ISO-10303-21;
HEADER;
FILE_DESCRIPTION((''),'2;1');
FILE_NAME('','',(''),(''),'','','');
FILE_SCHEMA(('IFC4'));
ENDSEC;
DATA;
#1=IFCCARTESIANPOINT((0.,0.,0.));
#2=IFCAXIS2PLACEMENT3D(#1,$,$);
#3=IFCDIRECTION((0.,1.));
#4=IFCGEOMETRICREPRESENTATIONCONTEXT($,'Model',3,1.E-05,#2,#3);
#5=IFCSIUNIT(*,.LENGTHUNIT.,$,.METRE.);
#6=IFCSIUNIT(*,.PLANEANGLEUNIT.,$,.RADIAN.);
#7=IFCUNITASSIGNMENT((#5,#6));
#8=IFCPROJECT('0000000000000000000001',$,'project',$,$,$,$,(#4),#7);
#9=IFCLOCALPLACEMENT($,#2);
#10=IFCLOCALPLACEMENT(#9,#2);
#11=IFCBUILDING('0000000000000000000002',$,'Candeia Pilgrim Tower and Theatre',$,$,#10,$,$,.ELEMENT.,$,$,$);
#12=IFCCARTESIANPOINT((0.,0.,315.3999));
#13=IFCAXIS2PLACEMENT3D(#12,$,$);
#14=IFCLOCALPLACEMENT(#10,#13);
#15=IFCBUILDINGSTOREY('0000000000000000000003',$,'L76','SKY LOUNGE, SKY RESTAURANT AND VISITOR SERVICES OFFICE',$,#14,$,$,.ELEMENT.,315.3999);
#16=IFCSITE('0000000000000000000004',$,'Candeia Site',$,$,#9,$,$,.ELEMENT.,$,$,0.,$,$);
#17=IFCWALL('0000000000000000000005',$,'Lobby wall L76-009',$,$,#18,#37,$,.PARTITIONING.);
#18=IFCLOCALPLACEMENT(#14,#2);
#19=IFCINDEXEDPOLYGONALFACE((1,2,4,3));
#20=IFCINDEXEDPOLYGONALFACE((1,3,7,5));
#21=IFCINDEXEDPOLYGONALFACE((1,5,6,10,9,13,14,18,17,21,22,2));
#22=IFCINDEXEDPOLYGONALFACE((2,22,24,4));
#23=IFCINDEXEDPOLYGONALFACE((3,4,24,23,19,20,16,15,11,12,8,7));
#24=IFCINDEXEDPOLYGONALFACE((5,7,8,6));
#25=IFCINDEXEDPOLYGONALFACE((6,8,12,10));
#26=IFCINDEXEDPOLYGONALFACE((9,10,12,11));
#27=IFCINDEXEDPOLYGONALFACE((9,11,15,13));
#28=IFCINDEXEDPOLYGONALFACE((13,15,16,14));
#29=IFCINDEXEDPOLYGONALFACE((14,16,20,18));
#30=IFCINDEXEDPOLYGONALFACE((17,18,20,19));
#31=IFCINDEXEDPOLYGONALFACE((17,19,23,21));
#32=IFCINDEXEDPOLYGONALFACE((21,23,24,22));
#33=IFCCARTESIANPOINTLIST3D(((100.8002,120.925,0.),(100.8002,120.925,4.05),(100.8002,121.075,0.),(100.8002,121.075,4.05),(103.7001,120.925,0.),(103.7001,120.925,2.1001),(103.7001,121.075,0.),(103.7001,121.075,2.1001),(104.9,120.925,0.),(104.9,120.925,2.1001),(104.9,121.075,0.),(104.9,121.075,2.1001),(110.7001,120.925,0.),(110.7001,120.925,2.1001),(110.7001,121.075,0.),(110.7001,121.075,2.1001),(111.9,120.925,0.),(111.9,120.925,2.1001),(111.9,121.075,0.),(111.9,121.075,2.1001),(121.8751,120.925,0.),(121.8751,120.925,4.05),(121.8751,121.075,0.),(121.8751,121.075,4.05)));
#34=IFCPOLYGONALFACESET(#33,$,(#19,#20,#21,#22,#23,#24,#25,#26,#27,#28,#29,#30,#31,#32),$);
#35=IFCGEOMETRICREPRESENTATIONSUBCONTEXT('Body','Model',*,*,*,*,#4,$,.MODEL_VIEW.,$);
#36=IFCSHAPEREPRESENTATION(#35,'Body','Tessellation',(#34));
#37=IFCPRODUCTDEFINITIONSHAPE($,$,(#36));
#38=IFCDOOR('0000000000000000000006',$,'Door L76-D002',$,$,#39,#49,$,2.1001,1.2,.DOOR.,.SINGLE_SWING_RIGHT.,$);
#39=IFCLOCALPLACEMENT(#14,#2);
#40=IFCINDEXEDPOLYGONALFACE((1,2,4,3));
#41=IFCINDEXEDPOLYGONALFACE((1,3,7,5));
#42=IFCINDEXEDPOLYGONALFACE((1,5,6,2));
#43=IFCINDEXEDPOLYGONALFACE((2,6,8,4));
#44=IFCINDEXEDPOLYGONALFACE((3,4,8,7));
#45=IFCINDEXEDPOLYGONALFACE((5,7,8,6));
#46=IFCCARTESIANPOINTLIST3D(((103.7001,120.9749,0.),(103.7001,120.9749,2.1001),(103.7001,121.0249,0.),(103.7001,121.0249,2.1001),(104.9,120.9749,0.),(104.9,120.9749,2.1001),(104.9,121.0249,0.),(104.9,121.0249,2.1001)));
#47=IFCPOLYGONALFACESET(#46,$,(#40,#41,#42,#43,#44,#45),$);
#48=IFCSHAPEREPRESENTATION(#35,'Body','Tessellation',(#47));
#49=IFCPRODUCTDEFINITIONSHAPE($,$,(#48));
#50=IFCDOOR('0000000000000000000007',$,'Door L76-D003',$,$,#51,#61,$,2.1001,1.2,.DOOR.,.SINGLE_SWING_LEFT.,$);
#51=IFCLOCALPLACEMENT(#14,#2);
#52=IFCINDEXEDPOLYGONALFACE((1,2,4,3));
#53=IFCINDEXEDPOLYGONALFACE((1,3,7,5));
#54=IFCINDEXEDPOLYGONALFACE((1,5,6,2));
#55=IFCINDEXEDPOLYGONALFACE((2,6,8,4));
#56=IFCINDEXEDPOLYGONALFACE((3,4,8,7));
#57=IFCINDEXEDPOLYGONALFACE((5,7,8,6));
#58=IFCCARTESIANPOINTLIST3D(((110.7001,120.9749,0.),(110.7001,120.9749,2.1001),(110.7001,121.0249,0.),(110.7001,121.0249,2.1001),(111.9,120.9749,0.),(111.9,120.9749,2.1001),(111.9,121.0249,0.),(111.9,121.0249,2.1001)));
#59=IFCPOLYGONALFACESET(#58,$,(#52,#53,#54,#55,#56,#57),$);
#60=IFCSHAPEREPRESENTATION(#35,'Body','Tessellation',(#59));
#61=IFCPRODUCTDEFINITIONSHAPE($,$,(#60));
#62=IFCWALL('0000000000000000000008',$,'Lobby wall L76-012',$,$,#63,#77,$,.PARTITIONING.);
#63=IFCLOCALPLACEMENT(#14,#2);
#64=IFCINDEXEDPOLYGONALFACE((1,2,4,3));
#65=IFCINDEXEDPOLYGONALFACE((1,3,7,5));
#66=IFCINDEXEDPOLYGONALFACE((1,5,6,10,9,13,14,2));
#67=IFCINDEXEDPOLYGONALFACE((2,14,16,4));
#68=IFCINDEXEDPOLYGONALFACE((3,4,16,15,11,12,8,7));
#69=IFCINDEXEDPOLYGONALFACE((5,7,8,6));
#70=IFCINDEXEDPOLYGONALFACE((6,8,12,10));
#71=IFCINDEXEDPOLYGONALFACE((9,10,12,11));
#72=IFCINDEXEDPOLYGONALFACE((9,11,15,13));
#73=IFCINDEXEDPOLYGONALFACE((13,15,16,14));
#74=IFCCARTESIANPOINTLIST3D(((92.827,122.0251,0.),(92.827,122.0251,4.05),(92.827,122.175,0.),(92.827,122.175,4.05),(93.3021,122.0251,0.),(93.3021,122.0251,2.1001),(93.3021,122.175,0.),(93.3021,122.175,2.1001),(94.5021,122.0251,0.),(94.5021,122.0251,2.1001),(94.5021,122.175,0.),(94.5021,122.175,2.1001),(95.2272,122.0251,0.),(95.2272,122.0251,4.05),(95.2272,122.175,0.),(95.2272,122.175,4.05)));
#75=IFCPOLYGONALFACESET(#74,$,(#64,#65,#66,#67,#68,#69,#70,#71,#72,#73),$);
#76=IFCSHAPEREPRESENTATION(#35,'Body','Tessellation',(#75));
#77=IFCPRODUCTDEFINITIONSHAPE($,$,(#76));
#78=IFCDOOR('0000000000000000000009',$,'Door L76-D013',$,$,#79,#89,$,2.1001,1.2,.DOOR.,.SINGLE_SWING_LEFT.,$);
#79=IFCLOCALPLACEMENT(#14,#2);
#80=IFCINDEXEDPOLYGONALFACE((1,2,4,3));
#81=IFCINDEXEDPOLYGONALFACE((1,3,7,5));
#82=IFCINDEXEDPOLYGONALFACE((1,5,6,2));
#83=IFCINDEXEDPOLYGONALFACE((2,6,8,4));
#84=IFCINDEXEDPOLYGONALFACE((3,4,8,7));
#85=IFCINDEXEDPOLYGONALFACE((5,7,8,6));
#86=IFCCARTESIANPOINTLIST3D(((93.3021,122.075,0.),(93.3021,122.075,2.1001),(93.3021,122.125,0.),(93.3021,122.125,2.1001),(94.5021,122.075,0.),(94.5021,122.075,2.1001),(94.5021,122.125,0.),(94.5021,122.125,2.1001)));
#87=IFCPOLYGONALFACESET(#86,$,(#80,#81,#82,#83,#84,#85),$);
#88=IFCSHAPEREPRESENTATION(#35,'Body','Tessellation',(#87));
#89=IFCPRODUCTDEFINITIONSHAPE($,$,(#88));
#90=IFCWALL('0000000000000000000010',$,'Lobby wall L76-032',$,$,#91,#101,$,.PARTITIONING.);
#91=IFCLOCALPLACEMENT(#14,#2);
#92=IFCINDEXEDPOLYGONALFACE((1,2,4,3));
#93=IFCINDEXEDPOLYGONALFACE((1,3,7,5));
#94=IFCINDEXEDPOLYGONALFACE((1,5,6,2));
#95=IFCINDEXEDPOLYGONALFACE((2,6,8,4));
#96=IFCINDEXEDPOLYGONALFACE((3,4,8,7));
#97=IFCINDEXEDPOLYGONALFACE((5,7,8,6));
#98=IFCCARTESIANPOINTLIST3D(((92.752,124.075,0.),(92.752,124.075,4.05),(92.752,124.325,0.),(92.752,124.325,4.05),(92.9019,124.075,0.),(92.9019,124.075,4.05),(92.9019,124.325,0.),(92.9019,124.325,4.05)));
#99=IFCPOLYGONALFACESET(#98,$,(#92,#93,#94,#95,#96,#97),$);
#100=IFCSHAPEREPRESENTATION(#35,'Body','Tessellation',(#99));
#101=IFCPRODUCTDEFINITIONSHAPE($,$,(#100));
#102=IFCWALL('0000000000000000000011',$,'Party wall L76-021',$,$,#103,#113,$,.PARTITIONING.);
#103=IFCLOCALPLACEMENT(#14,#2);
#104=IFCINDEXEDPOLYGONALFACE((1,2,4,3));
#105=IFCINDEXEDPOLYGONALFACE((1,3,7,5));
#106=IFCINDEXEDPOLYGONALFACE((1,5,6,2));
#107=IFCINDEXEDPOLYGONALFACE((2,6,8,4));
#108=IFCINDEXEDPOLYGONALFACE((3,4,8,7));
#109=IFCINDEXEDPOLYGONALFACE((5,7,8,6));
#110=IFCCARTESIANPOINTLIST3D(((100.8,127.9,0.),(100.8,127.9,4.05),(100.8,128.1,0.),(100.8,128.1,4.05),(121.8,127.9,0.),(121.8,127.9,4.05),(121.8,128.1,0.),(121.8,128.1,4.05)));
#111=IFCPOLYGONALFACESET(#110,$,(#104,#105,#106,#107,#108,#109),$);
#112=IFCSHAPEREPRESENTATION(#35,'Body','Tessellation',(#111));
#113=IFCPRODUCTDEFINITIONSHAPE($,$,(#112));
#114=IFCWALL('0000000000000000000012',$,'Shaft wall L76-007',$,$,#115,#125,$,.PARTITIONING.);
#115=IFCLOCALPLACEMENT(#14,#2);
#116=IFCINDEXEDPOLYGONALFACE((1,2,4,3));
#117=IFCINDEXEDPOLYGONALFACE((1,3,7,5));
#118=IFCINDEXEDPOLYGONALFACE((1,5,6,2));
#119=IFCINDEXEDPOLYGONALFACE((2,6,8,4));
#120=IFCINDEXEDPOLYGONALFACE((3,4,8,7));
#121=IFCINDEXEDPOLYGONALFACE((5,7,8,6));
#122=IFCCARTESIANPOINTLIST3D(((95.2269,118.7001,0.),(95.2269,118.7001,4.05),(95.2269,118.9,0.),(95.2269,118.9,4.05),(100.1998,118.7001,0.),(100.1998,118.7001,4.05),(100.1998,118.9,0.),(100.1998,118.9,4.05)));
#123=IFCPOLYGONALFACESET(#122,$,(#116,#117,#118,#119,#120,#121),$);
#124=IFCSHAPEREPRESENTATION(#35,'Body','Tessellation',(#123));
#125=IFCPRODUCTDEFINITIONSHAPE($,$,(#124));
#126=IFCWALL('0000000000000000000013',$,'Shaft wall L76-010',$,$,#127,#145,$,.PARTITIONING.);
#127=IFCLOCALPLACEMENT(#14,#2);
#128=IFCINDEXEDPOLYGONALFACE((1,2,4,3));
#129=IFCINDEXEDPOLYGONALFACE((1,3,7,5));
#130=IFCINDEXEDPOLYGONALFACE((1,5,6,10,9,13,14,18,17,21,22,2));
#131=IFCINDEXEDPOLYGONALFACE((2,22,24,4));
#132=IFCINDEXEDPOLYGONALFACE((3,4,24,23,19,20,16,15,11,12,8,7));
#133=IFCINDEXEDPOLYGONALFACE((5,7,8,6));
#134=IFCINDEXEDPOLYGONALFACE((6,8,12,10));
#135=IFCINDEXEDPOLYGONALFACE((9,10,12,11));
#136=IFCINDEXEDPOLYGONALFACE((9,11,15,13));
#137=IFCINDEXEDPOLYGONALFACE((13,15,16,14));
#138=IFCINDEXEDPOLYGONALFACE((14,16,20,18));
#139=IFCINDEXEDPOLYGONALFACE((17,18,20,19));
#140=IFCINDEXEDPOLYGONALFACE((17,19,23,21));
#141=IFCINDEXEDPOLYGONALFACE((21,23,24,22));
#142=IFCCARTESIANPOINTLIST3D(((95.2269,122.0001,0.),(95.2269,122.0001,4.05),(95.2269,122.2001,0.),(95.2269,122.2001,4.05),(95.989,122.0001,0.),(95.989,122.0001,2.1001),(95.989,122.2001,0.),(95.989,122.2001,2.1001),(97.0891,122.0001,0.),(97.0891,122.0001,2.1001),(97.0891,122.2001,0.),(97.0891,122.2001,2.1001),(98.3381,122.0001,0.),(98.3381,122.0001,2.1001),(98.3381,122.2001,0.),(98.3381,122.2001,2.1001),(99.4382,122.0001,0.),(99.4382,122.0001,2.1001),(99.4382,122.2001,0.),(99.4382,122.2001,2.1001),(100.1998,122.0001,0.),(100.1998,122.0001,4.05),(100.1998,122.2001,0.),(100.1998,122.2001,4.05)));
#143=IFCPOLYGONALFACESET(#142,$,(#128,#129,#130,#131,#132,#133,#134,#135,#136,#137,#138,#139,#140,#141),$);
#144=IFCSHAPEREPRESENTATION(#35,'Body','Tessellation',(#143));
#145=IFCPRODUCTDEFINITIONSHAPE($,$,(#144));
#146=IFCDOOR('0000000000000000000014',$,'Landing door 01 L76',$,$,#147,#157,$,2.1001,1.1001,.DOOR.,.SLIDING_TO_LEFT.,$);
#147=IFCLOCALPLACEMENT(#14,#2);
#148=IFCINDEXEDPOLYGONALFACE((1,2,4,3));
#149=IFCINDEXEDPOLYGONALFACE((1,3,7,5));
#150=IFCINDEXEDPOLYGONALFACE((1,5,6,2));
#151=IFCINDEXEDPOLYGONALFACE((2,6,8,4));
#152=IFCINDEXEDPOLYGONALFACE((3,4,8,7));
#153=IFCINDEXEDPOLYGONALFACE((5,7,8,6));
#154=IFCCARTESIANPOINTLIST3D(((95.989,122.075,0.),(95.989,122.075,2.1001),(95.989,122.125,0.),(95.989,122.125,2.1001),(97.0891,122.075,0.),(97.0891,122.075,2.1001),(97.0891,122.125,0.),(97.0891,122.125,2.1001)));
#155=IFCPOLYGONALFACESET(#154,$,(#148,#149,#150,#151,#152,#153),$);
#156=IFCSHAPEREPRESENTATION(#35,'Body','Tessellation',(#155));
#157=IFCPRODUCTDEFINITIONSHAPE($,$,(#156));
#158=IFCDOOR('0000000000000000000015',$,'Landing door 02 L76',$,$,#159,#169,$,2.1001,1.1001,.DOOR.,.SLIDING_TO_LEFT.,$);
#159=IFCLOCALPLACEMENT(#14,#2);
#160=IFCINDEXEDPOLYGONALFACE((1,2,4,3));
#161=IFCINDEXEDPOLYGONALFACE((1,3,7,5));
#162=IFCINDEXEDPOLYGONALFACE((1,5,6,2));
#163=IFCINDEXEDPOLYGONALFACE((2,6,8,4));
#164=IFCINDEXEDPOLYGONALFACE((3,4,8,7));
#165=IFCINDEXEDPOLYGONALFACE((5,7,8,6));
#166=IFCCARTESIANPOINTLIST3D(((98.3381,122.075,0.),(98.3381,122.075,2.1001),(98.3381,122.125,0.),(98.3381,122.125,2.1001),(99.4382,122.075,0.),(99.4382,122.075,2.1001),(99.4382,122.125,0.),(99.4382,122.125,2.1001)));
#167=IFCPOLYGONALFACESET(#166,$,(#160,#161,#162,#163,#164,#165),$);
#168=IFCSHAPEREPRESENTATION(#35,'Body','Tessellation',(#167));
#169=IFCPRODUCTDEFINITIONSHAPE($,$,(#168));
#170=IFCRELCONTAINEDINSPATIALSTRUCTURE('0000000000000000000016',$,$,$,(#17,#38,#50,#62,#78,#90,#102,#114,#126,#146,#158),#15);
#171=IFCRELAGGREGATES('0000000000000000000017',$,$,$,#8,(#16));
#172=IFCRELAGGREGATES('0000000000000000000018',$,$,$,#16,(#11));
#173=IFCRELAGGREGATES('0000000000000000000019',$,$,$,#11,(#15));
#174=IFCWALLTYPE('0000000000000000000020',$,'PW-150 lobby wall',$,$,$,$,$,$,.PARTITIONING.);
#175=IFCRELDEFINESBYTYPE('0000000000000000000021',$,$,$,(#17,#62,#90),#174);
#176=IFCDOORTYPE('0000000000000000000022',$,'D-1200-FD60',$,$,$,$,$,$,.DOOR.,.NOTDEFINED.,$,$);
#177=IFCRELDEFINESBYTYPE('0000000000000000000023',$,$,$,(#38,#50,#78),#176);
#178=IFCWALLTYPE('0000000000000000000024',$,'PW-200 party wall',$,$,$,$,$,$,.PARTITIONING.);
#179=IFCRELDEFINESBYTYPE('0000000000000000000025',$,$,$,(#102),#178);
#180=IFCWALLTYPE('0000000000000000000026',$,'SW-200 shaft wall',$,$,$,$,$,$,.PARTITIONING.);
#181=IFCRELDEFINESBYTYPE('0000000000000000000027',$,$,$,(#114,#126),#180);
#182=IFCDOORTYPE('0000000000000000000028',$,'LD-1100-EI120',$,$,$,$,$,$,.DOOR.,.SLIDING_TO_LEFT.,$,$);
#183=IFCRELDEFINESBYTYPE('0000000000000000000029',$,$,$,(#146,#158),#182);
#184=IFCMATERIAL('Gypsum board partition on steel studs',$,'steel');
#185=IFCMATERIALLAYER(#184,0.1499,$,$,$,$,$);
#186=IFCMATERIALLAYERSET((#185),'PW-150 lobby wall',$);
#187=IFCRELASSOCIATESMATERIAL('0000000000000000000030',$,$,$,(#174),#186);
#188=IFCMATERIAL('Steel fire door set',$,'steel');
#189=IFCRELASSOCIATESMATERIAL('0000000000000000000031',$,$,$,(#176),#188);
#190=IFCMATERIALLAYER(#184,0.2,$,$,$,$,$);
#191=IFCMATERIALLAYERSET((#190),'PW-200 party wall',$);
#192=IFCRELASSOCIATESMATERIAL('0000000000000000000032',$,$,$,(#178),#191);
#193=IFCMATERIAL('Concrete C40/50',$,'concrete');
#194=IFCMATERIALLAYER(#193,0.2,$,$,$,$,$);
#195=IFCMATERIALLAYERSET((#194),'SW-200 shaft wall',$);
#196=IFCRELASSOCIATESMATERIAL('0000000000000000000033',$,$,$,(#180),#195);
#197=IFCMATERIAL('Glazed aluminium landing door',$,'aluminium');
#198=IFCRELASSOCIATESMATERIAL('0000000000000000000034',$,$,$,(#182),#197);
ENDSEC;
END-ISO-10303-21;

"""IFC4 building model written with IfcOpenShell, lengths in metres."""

from ifc_helpers import new_model, si_unit, direction, frame, frame_2d, origin, place, context, subcontext, project, spatial, rectangle, extrude, material, layer, layer_set, type_object, element, fill, save


model = new_model("IFC4")

# Units and contexts
model_context = context("Model", 3, precision=1e-05, world=origin(), true_north=direction((0.0, 1.0)))
body_context = subcontext(model_context, "Body", "Model", "MODEL_VIEW")
ifc_project = project(units=[si_unit("LENGTHUNIT", "METRE"), si_unit("PLANEANGLEUNIT", "RADIAN")], contexts=[model_context])

# Site, building, storey
site_placement = place(None, origin())
site = spatial("IfcSite", under=ifc_project, at=site_placement, Name="Candeia Site", CompositionType="ELEMENT", RefElevation=0.0)
building_placement = place(site_placement, origin())
building = spatial("IfcBuilding", under=site, at=building_placement, Name="Candeia Pilgrim Tower and Theatre", CompositionType="ELEMENT")
storey_placement = place(building_placement, frame((0.0, 0.0, 315.3999)))
storey = spatial("IfcBuildingStorey", under=building, at=storey_placement, Name="L76", Description="SKY LOUNGE, SKY RESTAURANT AND VISITOR SERVICES OFFICE", CompositionType="ELEMENT", Elevation=315.3999)

# Wall, openings, doors
ifc_material_1 = material(Name="Gypsum board partition on steel studs", Category="steel")
ifc_layer_1 = layer(ifc_material_1, 0.1499)
ifc_layer_set_1 = layer_set([ifc_layer_1], Name="PW-150 lobby wall")
wall_type_1 = type_object("IfcWallType", Name="PW-150 lobby wall", PredefinedType="PARTITIONING", material=ifc_layer_set_1)
wall_1_placement = place(storey_placement, frame((100.8, 121.0, 0.0), z_axis=(0.0, 0.0, 1.0), x_axis=(1.0, 0.0, 0.0)))
wall_1 = element("IfcWall", 1, at=wall_1_placement, inside=storey, type_object=wall_type_1, Name="Lobby wall L76-009", PredefinedType="PARTITIONING", context=body_context, shape_type="SweptSolid", body=[
    extrude(rectangle(XDim=21.075, YDim=0.1499, at=frame_2d((10.5376, 0.0))), origin(), (0.0, 0.0, 1.0), 4.05),
])
opening_1_placement = place(wall_1_placement, frame((2.8999, 0.0, 0.0)))
opening_1 = element("IfcOpeningElement", 2, at=opening_1_placement, cuts=wall_1, PredefinedType="OPENING", context=body_context, shape_type="SweptSolid", body=[
    extrude(rectangle(XDim=1.2, YDim=2.1001, at=frame_2d((0.6001, 1.05))), frame((0.0, 0.085, 0.0), z_axis=(0.0, -1.0, 0.0), x_axis=(1.0, 0.0, 0.0)), (0.0, 0.0, 1.0), 0.1699),
])
opening_2_placement = place(wall_1_placement, frame((9.8999, 0.0, 0.0)))
opening_2 = element("IfcOpeningElement", 3, at=opening_2_placement, cuts=wall_1, PredefinedType="OPENING", context=body_context, shape_type="SweptSolid", body=[
    extrude(rectangle(XDim=1.2, YDim=2.1001, at=frame_2d((0.6001, 1.05))), frame((0.0, 0.085, 0.0), z_axis=(0.0, -1.0, 0.0), x_axis=(1.0, 0.0, 0.0)), (0.0, 0.0, 1.0), 0.1699),
])
ifc_material_2 = material(Name="Steel fire door set", Category="steel")
door_type_1 = type_object("IfcDoorType", Name="D-1200-FD60", OperationType="NOTDEFINED", PredefinedType="DOOR", material=ifc_material_2)
door_1_placement = place(opening_1_placement, origin())
door_1 = element("IfcDoor", 4, at=door_1_placement, inside=storey, type_object=door_type_1, Name="Door L76-D002", OperationType="SINGLE_SWING_RIGHT", OverallHeight=2.1001, OverallWidth=1.2, PredefinedType="DOOR", context=body_context, shape_type="SweptSolid", body=[
    extrude(rectangle(XDim=1.2, YDim=2.1001, at=frame_2d((0.6001, 1.05))), frame((0.0, 0.0249, 0.0), z_axis=(0.0, -1.0, 0.0), x_axis=(1.0, 0.0, 0.0)), (0.0, 0.0, 1.0), 0.05),
])
fill(opening_1, door_1)
door_2_placement = place(opening_2_placement, origin())
door_2 = element("IfcDoor", 5, at=door_2_placement, inside=storey, type_object=door_type_1, Name="Door L76-D003", OperationType="SINGLE_SWING_LEFT", OverallHeight=2.1001, OverallWidth=1.2, PredefinedType="DOOR", context=body_context, shape_type="SweptSolid", body=[
    extrude(rectangle(XDim=1.2, YDim=2.1001, at=frame_2d((0.6001, 1.05))), frame((0.0, 0.0249, 0.0), z_axis=(0.0, -1.0, 0.0), x_axis=(1.0, 0.0, 0.0)), (0.0, 0.0, 1.0), 0.05),
])
fill(opening_2, door_2)

# Wall, opening, door
wall_2_placement = place(storey_placement, frame((92.8269, 122.1001, 0.0), z_axis=(0.0, 0.0, 1.0), x_axis=(1.0, 0.0, 0.0)))
wall_2 = element("IfcWall", 6, at=wall_2_placement, inside=storey, type_object=wall_type_1, Name="Lobby wall L76-012", PredefinedType="PARTITIONING", context=body_context, shape_type="SweptSolid", body=[
    extrude(rectangle(XDim=2.4001, YDim=0.1499, at=frame_2d((1.2002, 0.0))), origin(), (0.0, 0.0, 1.0), 4.05),
])
opening_3_placement = place(wall_2_placement, frame((0.4751, 0.0, 0.0)))
opening_3 = element("IfcOpeningElement", 7, at=opening_3_placement, cuts=wall_2, PredefinedType="OPENING", context=body_context, shape_type="SweptSolid", body=[
    extrude(rectangle(XDim=1.2, YDim=2.1001, at=frame_2d((0.6001, 1.05))), frame((0.0, 0.085, 0.0), z_axis=(0.0, -1.0, 0.0), x_axis=(1.0, 0.0, 0.0)), (0.0, 0.0, 1.0), 0.1699),
])
door_3_placement = place(opening_3_placement, origin())
door_3 = element("IfcDoor", 8, at=door_3_placement, inside=storey, type_object=door_type_1, Name="Door L76-D013", OperationType="SINGLE_SWING_LEFT", OverallHeight=2.1001, OverallWidth=1.2, PredefinedType="DOOR", context=body_context, shape_type="SweptSolid", body=[
    extrude(rectangle(XDim=1.2, YDim=2.1001, at=frame_2d((0.6001, 1.05))), frame((0.0, 0.0249, 0.0), z_axis=(0.0, -1.0, 0.0), x_axis=(1.0, 0.0, 0.0)), (0.0, 0.0, 1.0), 0.05),
])
fill(opening_3, door_3)

# Walls
wall_3_placement = place(storey_placement, frame((92.8269, 124.075, 0.0), z_axis=(0.0, 0.0, 1.0), x_axis=(0.0, 1.0, 0.0)))
element("IfcWall", 9, at=wall_3_placement, inside=storey, type_object=wall_type_1, Name="Lobby wall L76-032", PredefinedType="PARTITIONING", context=body_context, shape_type="SweptSolid", body=[
    extrude(rectangle(XDim=0.25, YDim=0.1499, at=frame_2d((0.125, 0.0))), origin(), (0.0, 0.0, 1.0), 4.05),
])
ifc_layer_2 = layer(ifc_material_1, 0.2)
ifc_layer_set_2 = layer_set([ifc_layer_2], Name="PW-200 party wall")
wall_type_2 = type_object("IfcWallType", Name="PW-200 party wall", PredefinedType="PARTITIONING", material=ifc_layer_set_2)
wall_4_placement = place(storey_placement, frame((100.8, 128.0, 0.0), z_axis=(0.0, 0.0, 1.0), x_axis=(1.0, 0.0, 0.0)))
element("IfcWall", 10, at=wall_4_placement, inside=storey, type_object=wall_type_2, Name="Party wall L76-021", PredefinedType="PARTITIONING", context=body_context, shape_type="SweptSolid", body=[
    extrude(rectangle(XDim=21.0, YDim=0.2, at=frame_2d((10.5, 0.0))), origin(), (0.0, 0.0, 1.0), 4.05),
])
ifc_material_3 = material(Name="Concrete C40/50", Category="concrete")
ifc_layer_3 = layer(ifc_material_3, 0.2)
ifc_layer_set_3 = layer_set([ifc_layer_3], Name="SW-200 shaft wall")
wall_type_3 = type_object("IfcWallType", Name="SW-200 shaft wall", PredefinedType="PARTITIONING", material=ifc_layer_set_3)
wall_5_placement = place(storey_placement, frame((95.2271, 118.8, 0.0), z_axis=(0.0, 0.0, 1.0), x_axis=(1.0, 0.0, 0.0)))
element("IfcWall", 11, at=wall_5_placement, inside=storey, type_object=wall_type_3, Name="Shaft wall L76-007", PredefinedType="PARTITIONING", context=body_context, shape_type="SweptSolid", body=[
    extrude(rectangle(XDim=4.9729, YDim=0.2, at=frame_2d((2.4863, 0.0))), origin(), (0.0, 0.0, 1.0), 4.05),
])

# Wall, openings, doors
wall_6_placement = place(storey_placement, frame((95.2271, 122.1001, 0.0), z_axis=(0.0, 0.0, 1.0), x_axis=(1.0, 0.0, 0.0)))
wall_6 = element("IfcWall", 12, at=wall_6_placement, inside=storey, type_object=wall_type_3, Name="Shaft wall L76-010", PredefinedType="PARTITIONING", context=body_context, shape_type="SweptSolid", body=[
    extrude(rectangle(XDim=4.9729, YDim=0.2, at=frame_2d((2.4863, 0.0))), origin(), (0.0, 0.0, 1.0), 4.05),
])
opening_4_placement = place(wall_6_placement, frame((0.762, 0.0, 0.0)))
opening_4 = element("IfcOpeningElement", 13, at=opening_4_placement, cuts=wall_6, PredefinedType="OPENING", context=body_context, shape_type="SweptSolid", body=[
    extrude(rectangle(XDim=1.1001, YDim=2.1001, at=frame_2d((0.55, 1.05))), frame((0.0, 0.1099, 0.0), z_axis=(0.0, -1.0, 0.0), x_axis=(1.0, 0.0, 0.0)), (0.0, 0.0, 1.0), 0.22),
])
opening_5_placement = place(wall_6_placement, frame((3.1111, 0.0, 0.0)))
opening_5 = element("IfcOpeningElement", 14, at=opening_5_placement, cuts=wall_6, PredefinedType="OPENING", context=body_context, shape_type="SweptSolid", body=[
    extrude(rectangle(XDim=1.1001, YDim=2.1001, at=frame_2d((0.55, 1.05))), frame((0.0, 0.1099, 0.0), z_axis=(0.0, -1.0, 0.0), x_axis=(1.0, 0.0, 0.0)), (0.0, 0.0, 1.0), 0.22),
])
ifc_material_4 = material(Name="Glazed aluminium landing door", Category="aluminium")
door_type_2 = type_object("IfcDoorType", Name="LD-1100-EI120", OperationType="SLIDING_TO_LEFT", PredefinedType="DOOR", material=ifc_material_4)
door_4_placement = place(opening_4_placement, origin())
door_4 = element("IfcDoor", 15, at=door_4_placement, inside=storey, type_object=door_type_2, Name="Landing door 01 L76", OperationType="SLIDING_TO_LEFT", OverallHeight=2.1001, OverallWidth=1.1001, PredefinedType="DOOR", context=body_context, shape_type="SweptSolid", body=[
    extrude(rectangle(XDim=1.1001, YDim=2.1001, at=frame_2d((0.55, 1.05))), frame((0.0, 0.0249, 0.0), z_axis=(0.0, -1.0, 0.0), x_axis=(1.0, 0.0, 0.0)), (0.0, 0.0, 1.0), 0.05),
])
fill(opening_4, door_4)
door_5_placement = place(opening_5_placement, origin())
door_5 = element("IfcDoor", 16, at=door_5_placement, inside=storey, type_object=door_type_2, Name="Landing door 02 L76", OperationType="SLIDING_TO_LEFT", OverallHeight=2.1001, OverallWidth=1.1001, PredefinedType="DOOR", context=body_context, shape_type="SweptSolid", body=[
    extrude(rectangle(XDim=1.1001, YDim=2.1001, at=frame_2d((0.55, 1.05))), frame((0.0, 0.0249, 0.0), z_axis=(0.0, -1.0, 0.0), x_axis=(1.0, 0.0, 0.0)), (0.0, 0.0, 1.0), 0.05),
])
fill(opening_5, door_5)

save(model, "model.ifc")
